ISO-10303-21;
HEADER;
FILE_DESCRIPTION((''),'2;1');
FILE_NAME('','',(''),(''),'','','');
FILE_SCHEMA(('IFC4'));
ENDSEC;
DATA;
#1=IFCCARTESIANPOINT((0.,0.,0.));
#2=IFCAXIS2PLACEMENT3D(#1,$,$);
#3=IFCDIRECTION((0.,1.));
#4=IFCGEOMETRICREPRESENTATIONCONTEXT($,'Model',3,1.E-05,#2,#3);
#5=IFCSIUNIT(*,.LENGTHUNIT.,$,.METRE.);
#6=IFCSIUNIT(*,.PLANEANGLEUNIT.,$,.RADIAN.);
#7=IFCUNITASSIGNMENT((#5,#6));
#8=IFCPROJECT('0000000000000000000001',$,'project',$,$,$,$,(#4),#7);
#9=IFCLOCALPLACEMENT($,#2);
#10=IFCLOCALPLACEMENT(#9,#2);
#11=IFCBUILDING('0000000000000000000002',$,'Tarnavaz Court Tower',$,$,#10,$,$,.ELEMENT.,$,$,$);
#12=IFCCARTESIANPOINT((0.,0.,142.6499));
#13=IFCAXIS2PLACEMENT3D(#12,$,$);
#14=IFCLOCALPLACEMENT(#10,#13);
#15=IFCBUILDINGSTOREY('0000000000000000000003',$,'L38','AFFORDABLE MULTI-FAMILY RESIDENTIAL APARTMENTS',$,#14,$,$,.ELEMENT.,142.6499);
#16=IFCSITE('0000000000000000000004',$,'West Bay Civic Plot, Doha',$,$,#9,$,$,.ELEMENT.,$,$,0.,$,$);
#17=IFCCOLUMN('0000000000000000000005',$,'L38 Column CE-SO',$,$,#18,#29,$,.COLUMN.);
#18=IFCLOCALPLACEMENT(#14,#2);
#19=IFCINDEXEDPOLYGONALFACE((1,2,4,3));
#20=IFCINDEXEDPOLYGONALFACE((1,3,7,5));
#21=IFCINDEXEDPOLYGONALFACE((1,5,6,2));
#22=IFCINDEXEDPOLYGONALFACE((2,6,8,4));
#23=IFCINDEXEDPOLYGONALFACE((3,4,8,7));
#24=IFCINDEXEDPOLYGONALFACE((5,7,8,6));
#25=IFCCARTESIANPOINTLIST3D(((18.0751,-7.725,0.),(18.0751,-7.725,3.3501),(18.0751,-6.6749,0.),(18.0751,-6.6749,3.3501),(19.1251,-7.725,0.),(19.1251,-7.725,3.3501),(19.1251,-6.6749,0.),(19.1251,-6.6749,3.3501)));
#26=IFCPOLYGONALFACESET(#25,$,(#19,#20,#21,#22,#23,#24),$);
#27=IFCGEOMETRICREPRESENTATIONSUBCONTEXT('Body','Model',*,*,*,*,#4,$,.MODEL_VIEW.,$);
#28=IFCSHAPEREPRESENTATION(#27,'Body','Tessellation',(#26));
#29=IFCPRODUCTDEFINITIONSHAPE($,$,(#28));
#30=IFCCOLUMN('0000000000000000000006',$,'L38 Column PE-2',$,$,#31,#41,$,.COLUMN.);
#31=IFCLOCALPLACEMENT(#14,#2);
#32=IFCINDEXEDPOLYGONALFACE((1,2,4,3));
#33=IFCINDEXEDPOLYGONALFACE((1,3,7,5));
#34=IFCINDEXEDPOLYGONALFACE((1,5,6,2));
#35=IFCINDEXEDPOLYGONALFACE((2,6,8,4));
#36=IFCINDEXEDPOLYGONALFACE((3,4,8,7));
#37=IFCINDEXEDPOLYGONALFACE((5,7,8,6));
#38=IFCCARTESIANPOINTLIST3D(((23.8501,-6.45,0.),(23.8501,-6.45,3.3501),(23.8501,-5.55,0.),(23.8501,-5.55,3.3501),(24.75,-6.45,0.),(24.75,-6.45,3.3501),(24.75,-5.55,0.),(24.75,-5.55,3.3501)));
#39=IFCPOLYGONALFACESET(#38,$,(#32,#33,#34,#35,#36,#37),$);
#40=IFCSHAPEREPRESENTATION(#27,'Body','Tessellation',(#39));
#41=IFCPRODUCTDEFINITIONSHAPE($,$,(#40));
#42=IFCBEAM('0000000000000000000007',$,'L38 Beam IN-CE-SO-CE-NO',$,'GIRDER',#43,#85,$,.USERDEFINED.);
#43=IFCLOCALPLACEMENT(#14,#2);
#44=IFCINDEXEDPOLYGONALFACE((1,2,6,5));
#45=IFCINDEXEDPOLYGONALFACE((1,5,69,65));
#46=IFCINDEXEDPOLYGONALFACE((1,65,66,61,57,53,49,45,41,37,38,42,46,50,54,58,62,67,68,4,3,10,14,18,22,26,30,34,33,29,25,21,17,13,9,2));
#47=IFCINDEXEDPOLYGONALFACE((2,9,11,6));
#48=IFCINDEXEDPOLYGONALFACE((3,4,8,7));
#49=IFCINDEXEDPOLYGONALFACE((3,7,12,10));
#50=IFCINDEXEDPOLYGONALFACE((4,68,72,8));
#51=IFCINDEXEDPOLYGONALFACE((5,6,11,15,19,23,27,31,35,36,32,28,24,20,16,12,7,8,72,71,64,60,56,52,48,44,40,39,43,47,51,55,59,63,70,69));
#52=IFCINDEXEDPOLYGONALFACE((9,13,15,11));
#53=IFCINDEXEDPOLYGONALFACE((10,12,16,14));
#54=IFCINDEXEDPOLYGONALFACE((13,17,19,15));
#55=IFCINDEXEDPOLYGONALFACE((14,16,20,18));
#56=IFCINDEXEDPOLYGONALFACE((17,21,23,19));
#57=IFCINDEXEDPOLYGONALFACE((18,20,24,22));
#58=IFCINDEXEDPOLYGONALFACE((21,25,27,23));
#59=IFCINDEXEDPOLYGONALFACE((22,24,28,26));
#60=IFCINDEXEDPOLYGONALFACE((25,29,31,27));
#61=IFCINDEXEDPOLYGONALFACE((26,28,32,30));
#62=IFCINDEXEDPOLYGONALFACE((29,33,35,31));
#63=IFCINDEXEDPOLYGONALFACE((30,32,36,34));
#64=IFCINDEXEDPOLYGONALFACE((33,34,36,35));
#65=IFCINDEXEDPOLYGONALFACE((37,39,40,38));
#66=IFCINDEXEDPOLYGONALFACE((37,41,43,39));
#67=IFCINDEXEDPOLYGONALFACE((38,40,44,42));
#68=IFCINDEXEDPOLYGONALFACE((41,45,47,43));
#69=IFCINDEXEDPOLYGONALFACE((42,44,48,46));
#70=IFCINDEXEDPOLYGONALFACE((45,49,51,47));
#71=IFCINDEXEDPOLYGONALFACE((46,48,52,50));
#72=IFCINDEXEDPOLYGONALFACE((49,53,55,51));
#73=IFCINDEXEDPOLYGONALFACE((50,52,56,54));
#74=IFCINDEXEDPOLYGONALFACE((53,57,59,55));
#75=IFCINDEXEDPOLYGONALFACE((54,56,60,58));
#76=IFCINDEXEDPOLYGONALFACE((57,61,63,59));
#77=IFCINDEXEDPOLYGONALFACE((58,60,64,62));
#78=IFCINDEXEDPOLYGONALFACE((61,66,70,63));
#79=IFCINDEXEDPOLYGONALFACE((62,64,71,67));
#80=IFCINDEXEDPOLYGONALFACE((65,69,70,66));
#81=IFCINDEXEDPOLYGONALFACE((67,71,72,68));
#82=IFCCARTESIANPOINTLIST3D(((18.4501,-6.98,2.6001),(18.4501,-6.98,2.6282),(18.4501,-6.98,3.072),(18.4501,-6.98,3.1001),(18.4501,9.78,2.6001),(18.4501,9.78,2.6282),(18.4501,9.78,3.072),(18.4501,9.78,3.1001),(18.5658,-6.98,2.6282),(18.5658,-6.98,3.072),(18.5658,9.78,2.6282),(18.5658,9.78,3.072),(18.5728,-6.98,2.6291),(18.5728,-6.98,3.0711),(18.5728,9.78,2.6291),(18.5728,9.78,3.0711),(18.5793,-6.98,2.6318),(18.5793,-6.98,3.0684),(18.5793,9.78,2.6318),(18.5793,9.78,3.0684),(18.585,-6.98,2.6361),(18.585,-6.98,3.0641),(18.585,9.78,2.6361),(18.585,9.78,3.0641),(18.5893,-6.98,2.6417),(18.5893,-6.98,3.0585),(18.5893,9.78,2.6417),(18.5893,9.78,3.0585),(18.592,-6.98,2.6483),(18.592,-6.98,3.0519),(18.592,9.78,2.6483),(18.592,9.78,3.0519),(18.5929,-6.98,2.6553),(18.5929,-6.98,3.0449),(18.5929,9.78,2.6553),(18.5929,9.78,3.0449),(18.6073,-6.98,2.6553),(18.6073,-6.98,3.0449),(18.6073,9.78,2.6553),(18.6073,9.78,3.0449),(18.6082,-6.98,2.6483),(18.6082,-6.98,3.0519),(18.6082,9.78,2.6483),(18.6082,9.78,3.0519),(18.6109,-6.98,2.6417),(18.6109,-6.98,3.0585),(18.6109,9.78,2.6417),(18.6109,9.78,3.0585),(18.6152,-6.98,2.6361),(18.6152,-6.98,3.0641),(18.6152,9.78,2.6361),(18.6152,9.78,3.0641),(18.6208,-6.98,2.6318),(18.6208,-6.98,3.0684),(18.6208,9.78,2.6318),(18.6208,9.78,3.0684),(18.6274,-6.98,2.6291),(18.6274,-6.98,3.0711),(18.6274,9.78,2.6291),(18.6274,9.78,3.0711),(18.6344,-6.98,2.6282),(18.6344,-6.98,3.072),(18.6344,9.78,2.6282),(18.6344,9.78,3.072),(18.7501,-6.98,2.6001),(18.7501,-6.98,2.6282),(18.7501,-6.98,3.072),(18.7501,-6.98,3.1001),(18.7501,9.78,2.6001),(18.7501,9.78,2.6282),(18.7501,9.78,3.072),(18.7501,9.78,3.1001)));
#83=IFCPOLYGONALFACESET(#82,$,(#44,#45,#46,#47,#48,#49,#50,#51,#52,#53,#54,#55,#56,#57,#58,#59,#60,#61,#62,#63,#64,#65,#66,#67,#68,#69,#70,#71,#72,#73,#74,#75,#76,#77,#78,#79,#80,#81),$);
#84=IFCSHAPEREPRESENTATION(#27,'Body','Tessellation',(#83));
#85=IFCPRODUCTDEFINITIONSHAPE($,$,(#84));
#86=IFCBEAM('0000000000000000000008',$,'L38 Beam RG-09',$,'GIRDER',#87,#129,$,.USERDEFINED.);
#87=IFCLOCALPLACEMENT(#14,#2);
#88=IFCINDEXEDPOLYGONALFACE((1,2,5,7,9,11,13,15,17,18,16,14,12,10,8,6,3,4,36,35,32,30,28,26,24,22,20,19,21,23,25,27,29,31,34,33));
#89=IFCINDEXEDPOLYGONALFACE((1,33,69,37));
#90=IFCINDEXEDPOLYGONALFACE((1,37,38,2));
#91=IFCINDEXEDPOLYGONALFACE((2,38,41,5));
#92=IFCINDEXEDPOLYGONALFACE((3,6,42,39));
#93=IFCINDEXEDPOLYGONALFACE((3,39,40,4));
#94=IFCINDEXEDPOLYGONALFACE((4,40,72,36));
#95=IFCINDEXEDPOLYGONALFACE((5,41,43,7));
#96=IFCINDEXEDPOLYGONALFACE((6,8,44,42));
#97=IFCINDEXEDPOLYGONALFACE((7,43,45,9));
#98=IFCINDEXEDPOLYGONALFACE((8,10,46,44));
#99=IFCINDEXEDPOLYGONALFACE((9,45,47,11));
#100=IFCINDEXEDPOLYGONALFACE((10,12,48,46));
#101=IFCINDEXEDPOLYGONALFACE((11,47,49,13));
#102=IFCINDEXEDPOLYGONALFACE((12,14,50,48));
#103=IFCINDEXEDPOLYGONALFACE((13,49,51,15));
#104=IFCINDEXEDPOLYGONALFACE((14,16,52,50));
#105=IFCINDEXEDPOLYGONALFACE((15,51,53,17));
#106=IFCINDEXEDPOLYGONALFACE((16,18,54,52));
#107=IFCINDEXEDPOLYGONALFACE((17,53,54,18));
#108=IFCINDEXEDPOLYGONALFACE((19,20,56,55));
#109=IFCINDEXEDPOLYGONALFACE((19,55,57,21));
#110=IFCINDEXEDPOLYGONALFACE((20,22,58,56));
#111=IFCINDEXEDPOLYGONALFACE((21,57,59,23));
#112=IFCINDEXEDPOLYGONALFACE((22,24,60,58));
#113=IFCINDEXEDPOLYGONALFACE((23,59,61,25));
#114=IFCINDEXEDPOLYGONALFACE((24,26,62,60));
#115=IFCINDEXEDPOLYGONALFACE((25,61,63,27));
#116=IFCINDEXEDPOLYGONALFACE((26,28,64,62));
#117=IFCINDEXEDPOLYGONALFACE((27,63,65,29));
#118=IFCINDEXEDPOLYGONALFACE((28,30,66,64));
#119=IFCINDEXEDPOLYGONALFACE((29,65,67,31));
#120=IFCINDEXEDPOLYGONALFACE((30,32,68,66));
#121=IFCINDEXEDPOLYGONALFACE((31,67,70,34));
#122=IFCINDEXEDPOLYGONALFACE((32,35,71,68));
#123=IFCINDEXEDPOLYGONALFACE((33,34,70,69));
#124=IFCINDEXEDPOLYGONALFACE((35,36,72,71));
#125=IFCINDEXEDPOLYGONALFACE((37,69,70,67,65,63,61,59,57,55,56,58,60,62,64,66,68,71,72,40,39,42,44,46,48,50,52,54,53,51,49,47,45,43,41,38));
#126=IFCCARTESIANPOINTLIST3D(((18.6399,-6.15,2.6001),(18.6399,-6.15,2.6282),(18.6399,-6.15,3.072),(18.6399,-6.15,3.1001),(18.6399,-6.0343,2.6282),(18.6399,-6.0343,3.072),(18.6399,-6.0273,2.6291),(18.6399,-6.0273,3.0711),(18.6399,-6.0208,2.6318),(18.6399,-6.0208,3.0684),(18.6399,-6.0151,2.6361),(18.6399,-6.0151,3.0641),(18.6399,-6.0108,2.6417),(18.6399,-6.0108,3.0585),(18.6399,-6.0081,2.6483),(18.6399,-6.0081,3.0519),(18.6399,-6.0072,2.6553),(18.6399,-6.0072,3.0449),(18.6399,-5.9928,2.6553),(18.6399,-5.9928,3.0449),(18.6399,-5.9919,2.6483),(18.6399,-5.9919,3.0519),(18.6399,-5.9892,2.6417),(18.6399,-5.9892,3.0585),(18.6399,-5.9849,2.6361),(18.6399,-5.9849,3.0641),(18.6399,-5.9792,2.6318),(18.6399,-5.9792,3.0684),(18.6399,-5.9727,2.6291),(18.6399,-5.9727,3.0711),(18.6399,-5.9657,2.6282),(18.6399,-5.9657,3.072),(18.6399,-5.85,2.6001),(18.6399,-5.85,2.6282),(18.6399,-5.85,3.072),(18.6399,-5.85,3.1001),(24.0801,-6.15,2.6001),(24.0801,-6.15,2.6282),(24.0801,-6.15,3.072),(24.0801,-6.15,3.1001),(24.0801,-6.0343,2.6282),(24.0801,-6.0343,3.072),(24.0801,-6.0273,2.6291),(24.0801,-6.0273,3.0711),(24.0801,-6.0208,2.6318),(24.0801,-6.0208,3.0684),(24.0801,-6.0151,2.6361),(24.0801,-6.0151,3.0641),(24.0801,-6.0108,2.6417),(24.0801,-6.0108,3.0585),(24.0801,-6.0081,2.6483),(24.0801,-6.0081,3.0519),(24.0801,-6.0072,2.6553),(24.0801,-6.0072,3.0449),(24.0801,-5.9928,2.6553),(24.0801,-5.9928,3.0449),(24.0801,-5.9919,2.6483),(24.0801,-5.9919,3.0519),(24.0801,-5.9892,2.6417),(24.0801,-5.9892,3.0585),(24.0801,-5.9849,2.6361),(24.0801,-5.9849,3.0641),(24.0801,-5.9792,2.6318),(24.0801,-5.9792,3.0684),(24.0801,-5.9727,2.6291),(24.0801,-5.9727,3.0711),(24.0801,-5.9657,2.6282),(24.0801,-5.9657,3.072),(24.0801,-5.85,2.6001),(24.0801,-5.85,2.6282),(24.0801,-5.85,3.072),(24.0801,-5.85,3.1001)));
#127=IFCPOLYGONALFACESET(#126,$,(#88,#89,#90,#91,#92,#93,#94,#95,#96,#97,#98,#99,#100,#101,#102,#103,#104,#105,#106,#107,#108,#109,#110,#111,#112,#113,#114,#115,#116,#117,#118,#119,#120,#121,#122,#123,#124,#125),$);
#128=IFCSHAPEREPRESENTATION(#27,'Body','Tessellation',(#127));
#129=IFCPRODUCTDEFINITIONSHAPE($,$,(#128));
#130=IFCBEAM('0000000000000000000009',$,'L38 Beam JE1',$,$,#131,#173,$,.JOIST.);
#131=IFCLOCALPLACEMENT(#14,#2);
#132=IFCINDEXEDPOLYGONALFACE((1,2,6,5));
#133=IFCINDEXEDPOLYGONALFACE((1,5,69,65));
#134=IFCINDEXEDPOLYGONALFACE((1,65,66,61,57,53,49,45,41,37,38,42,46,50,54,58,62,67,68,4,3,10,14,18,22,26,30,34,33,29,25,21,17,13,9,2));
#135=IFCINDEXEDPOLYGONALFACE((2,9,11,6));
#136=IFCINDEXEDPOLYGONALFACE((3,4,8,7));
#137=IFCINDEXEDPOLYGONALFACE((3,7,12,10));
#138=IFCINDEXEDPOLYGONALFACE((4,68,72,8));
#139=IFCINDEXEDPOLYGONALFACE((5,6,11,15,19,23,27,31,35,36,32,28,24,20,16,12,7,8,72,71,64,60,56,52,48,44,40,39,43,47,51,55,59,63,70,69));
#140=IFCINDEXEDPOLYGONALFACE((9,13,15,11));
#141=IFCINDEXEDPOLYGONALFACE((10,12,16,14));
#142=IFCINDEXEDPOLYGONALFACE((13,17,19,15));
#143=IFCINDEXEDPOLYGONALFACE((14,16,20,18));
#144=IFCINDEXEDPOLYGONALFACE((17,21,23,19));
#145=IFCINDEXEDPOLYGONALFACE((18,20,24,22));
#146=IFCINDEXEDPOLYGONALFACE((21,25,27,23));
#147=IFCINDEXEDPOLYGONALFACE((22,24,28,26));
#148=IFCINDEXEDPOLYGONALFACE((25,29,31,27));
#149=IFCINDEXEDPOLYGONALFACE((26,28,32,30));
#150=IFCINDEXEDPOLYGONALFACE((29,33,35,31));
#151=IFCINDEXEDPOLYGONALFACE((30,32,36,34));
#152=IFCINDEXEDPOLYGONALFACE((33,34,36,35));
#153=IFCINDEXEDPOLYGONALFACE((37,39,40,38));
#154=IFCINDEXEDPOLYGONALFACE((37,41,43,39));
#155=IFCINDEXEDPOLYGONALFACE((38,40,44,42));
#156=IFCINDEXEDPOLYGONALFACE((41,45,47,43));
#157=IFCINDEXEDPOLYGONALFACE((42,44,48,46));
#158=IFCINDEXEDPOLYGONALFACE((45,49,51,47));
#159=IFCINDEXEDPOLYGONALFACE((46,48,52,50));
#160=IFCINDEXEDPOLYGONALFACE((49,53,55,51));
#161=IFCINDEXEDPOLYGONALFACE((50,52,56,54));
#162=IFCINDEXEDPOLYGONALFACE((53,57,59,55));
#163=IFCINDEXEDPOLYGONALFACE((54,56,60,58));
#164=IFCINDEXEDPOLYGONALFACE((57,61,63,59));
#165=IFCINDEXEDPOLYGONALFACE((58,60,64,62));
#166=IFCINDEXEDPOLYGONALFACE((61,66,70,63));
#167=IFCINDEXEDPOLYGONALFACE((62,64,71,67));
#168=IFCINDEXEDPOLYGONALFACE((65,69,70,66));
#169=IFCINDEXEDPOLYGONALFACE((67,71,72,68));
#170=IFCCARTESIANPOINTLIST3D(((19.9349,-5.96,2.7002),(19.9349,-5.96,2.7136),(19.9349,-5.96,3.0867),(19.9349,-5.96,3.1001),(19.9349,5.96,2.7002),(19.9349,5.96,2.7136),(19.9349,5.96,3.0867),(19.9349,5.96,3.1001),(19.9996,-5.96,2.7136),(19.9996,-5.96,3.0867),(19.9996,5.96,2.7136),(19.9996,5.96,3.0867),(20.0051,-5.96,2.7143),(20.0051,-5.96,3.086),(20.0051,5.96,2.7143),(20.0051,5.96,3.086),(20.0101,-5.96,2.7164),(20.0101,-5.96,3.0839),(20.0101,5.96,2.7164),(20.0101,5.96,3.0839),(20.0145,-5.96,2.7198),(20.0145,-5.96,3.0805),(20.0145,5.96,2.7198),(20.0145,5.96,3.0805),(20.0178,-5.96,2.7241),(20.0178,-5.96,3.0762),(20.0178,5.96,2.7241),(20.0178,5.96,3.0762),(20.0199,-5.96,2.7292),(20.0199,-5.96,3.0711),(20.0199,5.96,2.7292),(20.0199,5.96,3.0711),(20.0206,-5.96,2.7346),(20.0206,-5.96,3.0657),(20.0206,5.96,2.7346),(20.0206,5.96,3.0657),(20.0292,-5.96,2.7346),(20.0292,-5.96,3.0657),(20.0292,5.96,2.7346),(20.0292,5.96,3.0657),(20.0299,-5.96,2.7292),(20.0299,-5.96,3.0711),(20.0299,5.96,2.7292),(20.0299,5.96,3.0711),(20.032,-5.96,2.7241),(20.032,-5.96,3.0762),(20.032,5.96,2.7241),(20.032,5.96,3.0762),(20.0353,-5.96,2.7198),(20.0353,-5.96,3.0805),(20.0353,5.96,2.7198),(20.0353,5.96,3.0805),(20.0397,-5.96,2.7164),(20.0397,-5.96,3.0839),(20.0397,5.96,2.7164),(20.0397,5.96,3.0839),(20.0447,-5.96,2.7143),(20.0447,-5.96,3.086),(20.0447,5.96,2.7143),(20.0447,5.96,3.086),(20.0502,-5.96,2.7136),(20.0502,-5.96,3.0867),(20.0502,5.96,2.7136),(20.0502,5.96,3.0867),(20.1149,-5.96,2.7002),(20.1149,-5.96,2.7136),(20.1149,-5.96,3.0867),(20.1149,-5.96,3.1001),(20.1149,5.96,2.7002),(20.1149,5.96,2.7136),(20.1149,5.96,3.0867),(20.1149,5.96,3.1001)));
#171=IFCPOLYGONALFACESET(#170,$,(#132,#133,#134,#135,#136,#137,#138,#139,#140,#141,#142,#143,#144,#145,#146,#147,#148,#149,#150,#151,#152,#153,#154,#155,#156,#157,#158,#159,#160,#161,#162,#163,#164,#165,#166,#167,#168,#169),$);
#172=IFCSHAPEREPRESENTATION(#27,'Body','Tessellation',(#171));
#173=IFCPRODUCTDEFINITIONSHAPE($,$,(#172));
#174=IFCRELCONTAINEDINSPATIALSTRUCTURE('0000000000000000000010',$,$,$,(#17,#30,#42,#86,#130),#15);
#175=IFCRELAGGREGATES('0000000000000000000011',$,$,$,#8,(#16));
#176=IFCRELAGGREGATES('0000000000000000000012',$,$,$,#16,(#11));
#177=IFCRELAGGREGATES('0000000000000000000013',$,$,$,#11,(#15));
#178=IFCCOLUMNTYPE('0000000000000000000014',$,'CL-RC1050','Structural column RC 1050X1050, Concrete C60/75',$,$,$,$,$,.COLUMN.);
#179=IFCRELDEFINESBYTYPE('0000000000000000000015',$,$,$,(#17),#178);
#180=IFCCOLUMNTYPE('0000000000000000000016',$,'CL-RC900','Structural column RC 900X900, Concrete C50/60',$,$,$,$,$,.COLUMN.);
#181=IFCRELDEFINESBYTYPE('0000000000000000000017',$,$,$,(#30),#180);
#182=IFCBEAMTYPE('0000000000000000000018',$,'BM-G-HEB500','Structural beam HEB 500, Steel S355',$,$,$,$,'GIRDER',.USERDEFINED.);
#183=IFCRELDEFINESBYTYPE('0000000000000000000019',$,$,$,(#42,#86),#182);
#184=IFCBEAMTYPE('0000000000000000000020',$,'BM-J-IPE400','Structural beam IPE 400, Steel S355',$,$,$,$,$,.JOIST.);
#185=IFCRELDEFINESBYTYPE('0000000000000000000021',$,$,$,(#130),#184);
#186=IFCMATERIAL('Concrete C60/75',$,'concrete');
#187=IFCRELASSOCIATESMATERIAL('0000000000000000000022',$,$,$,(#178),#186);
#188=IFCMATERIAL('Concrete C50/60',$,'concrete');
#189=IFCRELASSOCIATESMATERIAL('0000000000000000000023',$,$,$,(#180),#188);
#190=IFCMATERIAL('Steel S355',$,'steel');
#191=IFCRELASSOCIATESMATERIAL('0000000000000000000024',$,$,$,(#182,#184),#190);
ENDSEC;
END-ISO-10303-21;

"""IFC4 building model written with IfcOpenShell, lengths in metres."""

from ifc_helpers import new_model, si_unit, direction, frame, origin, origin_2d, place, context, subcontext, project, spatial, rectangle, i_section, extrude, material, material_profile, profile_set, type_object, element, save


model = new_model("IFC4")

# Units and contexts
model_context = context("Model", 3, precision=1e-05, world=origin(), true_north=direction((0.0, 1.0)))
body_context = subcontext(model_context, "Body", "Model", "MODEL_VIEW")
ifc_project = project(units=[si_unit("LENGTHUNIT", "METRE"), si_unit("PLANEANGLEUNIT", "RADIAN")], contexts=[model_context])

# Site, building, storey
site_placement = place(None, origin())
site = spatial("IfcSite", under=ifc_project, at=site_placement, Name="West Bay Civic Plot, Doha", CompositionType="ELEMENT", RefElevation=0.0)
building_placement = place(site_placement, origin())
building = spatial("IfcBuilding", under=site, at=building_placement, Name="Tarnavaz Court Tower", CompositionType="ELEMENT")
storey_placement = place(building_placement, frame((0.0, 0.0, 142.6499)))
storey = spatial("IfcBuildingStorey", under=building, at=storey_placement, Name="L38", Description="AFFORDABLE MULTI-FAMILY RESIDENTIAL APARTMENTS", CompositionType="ELEMENT", Elevation=142.6499)

# Columns
ifc_material_1 = material(Name="Concrete C60/75", Category="concrete")
ifc_material_profile_1 = material_profile(ifc_material_1, rectangle(XDim=1.05, YDim=1.05, at=origin_2d()), Name="RC 1050X1050")
ifc_profile_set_1 = profile_set([ifc_material_profile_1], Name="Concrete C60/75")
column_type_1 = type_object("IfcColumnType", Name="CL-RC1050", Description="Structural column RC 1050X1050, Concrete C60/75", PredefinedType="COLUMN", material=ifc_profile_set_1)
column_1_placement = place(storey_placement, frame((18.6001, -7.2, 0.0), z_axis=(0.0, 0.0, 1.0), x_axis=(1.0, 0.0, 0.0)))
element("IfcColumn", 1, at=column_1_placement, inside=storey, type_object=column_type_1, Name="L38 Column CE-SO", PredefinedType="COLUMN", context=body_context, shape_type="SweptSolid", body=[
    extrude(rectangle(XDim=1.05, YDim=1.05, at=origin_2d()), origin(), (0.0, 0.0, 1.0), 3.3501),
])
ifc_material_2 = material(Name="Concrete C50/60", Category="concrete")
ifc_material_profile_2 = material_profile(ifc_material_2, rectangle(XDim=0.8999, YDim=0.8999, at=origin_2d()), Name="RC 900X900")
ifc_profile_set_2 = profile_set([ifc_material_profile_2], Name="Concrete C50/60")
column_type_2 = type_object("IfcColumnType", Name="CL-RC900", Description="Structural column RC 900X900, Concrete C50/60", PredefinedType="COLUMN", material=ifc_profile_set_2)
column_2_placement = place(storey_placement, frame((24.3, -6.0, 0.0), z_axis=(0.0, 0.0, 1.0), x_axis=(1.0, 0.0, 0.0)))
element("IfcColumn", 2, at=column_2_placement, inside=storey, type_object=column_type_2, Name="L38 Column PE-2", PredefinedType="COLUMN", context=body_context, shape_type="SweptSolid", body=[
    extrude(rectangle(XDim=0.8999, YDim=0.8999, at=origin_2d()), origin(), (0.0, 0.0, 1.0), 3.3501),
])

# Beams
ifc_material_3 = material(Name="Steel S355", Category="steel")
ifc_material_profile_3 = material_profile(ifc_material_3, i_section(OverallWidth=0.3, OverallDepth=0.5, WebThickness=0.0144, FlangeThickness=0.0281, FilletRadius=0.0271, at=origin_2d()), Name="HEB 500")
ifc_profile_set_3 = profile_set([ifc_material_profile_3], Name="Steel S355")
beam_type_1 = type_object("IfcBeamType", Name="BM-G-HEB500", Description="Structural beam HEB 500, Steel S355", ElementType="GIRDER", PredefinedType="USERDEFINED", material=ifc_profile_set_3)
beam_1_placement = place(storey_placement, frame((18.6001, -6.98, 2.8501), z_axis=(0.0, 1.0, 0.0), x_axis=(-1.0, 0.0, 0.0)))
element("IfcBeam", 3, at=beam_1_placement, inside=storey, type_object=beam_type_1, Name="L38 Beam IN-CE-SO-CE-NO", ObjectType="GIRDER", PredefinedType="USERDEFINED", context=body_context, shape_type="SweptSolid", body=[
    extrude(i_section(OverallWidth=0.3, OverallDepth=0.5, WebThickness=0.0144, FlangeThickness=0.0281, FilletRadius=0.0271, at=origin_2d()), origin(), (0.0, 0.0, 1.0), 16.76),
])
beam_2_placement = place(storey_placement, frame((18.6399, -6.0, 2.8501), z_axis=(1.0, 0.0, 0.0), x_axis=(0.0, 1.0, 0.0)))
element("IfcBeam", 4, at=beam_2_placement, inside=storey, type_object=beam_type_1, Name="L38 Beam RG-09", ObjectType="GIRDER", PredefinedType="USERDEFINED", context=body_context, shape_type="SweptSolid", body=[
    extrude(i_section(OverallWidth=0.3, OverallDepth=0.5, WebThickness=0.0144, FlangeThickness=0.0281, FilletRadius=0.0271, at=origin_2d()), origin(), (0.0, 0.0, 1.0), 5.4402),
])
ifc_material_profile_4 = material_profile(ifc_material_3, i_section(OverallWidth=0.1799, OverallDepth=0.3999, WebThickness=0.0085, FlangeThickness=0.0134, FilletRadius=0.021, at=origin_2d()), Name="IPE 400")
ifc_profile_set_4 = profile_set([ifc_material_profile_4], Name="Steel S355")
beam_type_2 = type_object("IfcBeamType", Name="BM-J-IPE400", Description="Structural beam IPE 400, Steel S355", PredefinedType="JOIST", material=ifc_profile_set_4)
for number, where, z_axis, x_axis, name in (
    (5, (20.0249, -5.96, 2.9001), (0.0, 1.0, 0.0), (-1.0, 0.0, 0.0), "L38 Beam JE1"),
):
    element("IfcBeam", number, at=place(storey_placement, frame(where, z_axis=z_axis, x_axis=x_axis)), inside=storey, type_object=beam_type_2, Name=name, PredefinedType="JOIST", context=body_context, shape_type="SweptSolid", body=[
        extrude(i_section(OverallWidth=0.1799, OverallDepth=0.3999, WebThickness=0.0085, FlangeThickness=0.0134, FilletRadius=0.021, at=origin_2d()), origin(), (0.0, 0.0, 1.0), 11.9199),
    ])

save(model, "model.ifc")
